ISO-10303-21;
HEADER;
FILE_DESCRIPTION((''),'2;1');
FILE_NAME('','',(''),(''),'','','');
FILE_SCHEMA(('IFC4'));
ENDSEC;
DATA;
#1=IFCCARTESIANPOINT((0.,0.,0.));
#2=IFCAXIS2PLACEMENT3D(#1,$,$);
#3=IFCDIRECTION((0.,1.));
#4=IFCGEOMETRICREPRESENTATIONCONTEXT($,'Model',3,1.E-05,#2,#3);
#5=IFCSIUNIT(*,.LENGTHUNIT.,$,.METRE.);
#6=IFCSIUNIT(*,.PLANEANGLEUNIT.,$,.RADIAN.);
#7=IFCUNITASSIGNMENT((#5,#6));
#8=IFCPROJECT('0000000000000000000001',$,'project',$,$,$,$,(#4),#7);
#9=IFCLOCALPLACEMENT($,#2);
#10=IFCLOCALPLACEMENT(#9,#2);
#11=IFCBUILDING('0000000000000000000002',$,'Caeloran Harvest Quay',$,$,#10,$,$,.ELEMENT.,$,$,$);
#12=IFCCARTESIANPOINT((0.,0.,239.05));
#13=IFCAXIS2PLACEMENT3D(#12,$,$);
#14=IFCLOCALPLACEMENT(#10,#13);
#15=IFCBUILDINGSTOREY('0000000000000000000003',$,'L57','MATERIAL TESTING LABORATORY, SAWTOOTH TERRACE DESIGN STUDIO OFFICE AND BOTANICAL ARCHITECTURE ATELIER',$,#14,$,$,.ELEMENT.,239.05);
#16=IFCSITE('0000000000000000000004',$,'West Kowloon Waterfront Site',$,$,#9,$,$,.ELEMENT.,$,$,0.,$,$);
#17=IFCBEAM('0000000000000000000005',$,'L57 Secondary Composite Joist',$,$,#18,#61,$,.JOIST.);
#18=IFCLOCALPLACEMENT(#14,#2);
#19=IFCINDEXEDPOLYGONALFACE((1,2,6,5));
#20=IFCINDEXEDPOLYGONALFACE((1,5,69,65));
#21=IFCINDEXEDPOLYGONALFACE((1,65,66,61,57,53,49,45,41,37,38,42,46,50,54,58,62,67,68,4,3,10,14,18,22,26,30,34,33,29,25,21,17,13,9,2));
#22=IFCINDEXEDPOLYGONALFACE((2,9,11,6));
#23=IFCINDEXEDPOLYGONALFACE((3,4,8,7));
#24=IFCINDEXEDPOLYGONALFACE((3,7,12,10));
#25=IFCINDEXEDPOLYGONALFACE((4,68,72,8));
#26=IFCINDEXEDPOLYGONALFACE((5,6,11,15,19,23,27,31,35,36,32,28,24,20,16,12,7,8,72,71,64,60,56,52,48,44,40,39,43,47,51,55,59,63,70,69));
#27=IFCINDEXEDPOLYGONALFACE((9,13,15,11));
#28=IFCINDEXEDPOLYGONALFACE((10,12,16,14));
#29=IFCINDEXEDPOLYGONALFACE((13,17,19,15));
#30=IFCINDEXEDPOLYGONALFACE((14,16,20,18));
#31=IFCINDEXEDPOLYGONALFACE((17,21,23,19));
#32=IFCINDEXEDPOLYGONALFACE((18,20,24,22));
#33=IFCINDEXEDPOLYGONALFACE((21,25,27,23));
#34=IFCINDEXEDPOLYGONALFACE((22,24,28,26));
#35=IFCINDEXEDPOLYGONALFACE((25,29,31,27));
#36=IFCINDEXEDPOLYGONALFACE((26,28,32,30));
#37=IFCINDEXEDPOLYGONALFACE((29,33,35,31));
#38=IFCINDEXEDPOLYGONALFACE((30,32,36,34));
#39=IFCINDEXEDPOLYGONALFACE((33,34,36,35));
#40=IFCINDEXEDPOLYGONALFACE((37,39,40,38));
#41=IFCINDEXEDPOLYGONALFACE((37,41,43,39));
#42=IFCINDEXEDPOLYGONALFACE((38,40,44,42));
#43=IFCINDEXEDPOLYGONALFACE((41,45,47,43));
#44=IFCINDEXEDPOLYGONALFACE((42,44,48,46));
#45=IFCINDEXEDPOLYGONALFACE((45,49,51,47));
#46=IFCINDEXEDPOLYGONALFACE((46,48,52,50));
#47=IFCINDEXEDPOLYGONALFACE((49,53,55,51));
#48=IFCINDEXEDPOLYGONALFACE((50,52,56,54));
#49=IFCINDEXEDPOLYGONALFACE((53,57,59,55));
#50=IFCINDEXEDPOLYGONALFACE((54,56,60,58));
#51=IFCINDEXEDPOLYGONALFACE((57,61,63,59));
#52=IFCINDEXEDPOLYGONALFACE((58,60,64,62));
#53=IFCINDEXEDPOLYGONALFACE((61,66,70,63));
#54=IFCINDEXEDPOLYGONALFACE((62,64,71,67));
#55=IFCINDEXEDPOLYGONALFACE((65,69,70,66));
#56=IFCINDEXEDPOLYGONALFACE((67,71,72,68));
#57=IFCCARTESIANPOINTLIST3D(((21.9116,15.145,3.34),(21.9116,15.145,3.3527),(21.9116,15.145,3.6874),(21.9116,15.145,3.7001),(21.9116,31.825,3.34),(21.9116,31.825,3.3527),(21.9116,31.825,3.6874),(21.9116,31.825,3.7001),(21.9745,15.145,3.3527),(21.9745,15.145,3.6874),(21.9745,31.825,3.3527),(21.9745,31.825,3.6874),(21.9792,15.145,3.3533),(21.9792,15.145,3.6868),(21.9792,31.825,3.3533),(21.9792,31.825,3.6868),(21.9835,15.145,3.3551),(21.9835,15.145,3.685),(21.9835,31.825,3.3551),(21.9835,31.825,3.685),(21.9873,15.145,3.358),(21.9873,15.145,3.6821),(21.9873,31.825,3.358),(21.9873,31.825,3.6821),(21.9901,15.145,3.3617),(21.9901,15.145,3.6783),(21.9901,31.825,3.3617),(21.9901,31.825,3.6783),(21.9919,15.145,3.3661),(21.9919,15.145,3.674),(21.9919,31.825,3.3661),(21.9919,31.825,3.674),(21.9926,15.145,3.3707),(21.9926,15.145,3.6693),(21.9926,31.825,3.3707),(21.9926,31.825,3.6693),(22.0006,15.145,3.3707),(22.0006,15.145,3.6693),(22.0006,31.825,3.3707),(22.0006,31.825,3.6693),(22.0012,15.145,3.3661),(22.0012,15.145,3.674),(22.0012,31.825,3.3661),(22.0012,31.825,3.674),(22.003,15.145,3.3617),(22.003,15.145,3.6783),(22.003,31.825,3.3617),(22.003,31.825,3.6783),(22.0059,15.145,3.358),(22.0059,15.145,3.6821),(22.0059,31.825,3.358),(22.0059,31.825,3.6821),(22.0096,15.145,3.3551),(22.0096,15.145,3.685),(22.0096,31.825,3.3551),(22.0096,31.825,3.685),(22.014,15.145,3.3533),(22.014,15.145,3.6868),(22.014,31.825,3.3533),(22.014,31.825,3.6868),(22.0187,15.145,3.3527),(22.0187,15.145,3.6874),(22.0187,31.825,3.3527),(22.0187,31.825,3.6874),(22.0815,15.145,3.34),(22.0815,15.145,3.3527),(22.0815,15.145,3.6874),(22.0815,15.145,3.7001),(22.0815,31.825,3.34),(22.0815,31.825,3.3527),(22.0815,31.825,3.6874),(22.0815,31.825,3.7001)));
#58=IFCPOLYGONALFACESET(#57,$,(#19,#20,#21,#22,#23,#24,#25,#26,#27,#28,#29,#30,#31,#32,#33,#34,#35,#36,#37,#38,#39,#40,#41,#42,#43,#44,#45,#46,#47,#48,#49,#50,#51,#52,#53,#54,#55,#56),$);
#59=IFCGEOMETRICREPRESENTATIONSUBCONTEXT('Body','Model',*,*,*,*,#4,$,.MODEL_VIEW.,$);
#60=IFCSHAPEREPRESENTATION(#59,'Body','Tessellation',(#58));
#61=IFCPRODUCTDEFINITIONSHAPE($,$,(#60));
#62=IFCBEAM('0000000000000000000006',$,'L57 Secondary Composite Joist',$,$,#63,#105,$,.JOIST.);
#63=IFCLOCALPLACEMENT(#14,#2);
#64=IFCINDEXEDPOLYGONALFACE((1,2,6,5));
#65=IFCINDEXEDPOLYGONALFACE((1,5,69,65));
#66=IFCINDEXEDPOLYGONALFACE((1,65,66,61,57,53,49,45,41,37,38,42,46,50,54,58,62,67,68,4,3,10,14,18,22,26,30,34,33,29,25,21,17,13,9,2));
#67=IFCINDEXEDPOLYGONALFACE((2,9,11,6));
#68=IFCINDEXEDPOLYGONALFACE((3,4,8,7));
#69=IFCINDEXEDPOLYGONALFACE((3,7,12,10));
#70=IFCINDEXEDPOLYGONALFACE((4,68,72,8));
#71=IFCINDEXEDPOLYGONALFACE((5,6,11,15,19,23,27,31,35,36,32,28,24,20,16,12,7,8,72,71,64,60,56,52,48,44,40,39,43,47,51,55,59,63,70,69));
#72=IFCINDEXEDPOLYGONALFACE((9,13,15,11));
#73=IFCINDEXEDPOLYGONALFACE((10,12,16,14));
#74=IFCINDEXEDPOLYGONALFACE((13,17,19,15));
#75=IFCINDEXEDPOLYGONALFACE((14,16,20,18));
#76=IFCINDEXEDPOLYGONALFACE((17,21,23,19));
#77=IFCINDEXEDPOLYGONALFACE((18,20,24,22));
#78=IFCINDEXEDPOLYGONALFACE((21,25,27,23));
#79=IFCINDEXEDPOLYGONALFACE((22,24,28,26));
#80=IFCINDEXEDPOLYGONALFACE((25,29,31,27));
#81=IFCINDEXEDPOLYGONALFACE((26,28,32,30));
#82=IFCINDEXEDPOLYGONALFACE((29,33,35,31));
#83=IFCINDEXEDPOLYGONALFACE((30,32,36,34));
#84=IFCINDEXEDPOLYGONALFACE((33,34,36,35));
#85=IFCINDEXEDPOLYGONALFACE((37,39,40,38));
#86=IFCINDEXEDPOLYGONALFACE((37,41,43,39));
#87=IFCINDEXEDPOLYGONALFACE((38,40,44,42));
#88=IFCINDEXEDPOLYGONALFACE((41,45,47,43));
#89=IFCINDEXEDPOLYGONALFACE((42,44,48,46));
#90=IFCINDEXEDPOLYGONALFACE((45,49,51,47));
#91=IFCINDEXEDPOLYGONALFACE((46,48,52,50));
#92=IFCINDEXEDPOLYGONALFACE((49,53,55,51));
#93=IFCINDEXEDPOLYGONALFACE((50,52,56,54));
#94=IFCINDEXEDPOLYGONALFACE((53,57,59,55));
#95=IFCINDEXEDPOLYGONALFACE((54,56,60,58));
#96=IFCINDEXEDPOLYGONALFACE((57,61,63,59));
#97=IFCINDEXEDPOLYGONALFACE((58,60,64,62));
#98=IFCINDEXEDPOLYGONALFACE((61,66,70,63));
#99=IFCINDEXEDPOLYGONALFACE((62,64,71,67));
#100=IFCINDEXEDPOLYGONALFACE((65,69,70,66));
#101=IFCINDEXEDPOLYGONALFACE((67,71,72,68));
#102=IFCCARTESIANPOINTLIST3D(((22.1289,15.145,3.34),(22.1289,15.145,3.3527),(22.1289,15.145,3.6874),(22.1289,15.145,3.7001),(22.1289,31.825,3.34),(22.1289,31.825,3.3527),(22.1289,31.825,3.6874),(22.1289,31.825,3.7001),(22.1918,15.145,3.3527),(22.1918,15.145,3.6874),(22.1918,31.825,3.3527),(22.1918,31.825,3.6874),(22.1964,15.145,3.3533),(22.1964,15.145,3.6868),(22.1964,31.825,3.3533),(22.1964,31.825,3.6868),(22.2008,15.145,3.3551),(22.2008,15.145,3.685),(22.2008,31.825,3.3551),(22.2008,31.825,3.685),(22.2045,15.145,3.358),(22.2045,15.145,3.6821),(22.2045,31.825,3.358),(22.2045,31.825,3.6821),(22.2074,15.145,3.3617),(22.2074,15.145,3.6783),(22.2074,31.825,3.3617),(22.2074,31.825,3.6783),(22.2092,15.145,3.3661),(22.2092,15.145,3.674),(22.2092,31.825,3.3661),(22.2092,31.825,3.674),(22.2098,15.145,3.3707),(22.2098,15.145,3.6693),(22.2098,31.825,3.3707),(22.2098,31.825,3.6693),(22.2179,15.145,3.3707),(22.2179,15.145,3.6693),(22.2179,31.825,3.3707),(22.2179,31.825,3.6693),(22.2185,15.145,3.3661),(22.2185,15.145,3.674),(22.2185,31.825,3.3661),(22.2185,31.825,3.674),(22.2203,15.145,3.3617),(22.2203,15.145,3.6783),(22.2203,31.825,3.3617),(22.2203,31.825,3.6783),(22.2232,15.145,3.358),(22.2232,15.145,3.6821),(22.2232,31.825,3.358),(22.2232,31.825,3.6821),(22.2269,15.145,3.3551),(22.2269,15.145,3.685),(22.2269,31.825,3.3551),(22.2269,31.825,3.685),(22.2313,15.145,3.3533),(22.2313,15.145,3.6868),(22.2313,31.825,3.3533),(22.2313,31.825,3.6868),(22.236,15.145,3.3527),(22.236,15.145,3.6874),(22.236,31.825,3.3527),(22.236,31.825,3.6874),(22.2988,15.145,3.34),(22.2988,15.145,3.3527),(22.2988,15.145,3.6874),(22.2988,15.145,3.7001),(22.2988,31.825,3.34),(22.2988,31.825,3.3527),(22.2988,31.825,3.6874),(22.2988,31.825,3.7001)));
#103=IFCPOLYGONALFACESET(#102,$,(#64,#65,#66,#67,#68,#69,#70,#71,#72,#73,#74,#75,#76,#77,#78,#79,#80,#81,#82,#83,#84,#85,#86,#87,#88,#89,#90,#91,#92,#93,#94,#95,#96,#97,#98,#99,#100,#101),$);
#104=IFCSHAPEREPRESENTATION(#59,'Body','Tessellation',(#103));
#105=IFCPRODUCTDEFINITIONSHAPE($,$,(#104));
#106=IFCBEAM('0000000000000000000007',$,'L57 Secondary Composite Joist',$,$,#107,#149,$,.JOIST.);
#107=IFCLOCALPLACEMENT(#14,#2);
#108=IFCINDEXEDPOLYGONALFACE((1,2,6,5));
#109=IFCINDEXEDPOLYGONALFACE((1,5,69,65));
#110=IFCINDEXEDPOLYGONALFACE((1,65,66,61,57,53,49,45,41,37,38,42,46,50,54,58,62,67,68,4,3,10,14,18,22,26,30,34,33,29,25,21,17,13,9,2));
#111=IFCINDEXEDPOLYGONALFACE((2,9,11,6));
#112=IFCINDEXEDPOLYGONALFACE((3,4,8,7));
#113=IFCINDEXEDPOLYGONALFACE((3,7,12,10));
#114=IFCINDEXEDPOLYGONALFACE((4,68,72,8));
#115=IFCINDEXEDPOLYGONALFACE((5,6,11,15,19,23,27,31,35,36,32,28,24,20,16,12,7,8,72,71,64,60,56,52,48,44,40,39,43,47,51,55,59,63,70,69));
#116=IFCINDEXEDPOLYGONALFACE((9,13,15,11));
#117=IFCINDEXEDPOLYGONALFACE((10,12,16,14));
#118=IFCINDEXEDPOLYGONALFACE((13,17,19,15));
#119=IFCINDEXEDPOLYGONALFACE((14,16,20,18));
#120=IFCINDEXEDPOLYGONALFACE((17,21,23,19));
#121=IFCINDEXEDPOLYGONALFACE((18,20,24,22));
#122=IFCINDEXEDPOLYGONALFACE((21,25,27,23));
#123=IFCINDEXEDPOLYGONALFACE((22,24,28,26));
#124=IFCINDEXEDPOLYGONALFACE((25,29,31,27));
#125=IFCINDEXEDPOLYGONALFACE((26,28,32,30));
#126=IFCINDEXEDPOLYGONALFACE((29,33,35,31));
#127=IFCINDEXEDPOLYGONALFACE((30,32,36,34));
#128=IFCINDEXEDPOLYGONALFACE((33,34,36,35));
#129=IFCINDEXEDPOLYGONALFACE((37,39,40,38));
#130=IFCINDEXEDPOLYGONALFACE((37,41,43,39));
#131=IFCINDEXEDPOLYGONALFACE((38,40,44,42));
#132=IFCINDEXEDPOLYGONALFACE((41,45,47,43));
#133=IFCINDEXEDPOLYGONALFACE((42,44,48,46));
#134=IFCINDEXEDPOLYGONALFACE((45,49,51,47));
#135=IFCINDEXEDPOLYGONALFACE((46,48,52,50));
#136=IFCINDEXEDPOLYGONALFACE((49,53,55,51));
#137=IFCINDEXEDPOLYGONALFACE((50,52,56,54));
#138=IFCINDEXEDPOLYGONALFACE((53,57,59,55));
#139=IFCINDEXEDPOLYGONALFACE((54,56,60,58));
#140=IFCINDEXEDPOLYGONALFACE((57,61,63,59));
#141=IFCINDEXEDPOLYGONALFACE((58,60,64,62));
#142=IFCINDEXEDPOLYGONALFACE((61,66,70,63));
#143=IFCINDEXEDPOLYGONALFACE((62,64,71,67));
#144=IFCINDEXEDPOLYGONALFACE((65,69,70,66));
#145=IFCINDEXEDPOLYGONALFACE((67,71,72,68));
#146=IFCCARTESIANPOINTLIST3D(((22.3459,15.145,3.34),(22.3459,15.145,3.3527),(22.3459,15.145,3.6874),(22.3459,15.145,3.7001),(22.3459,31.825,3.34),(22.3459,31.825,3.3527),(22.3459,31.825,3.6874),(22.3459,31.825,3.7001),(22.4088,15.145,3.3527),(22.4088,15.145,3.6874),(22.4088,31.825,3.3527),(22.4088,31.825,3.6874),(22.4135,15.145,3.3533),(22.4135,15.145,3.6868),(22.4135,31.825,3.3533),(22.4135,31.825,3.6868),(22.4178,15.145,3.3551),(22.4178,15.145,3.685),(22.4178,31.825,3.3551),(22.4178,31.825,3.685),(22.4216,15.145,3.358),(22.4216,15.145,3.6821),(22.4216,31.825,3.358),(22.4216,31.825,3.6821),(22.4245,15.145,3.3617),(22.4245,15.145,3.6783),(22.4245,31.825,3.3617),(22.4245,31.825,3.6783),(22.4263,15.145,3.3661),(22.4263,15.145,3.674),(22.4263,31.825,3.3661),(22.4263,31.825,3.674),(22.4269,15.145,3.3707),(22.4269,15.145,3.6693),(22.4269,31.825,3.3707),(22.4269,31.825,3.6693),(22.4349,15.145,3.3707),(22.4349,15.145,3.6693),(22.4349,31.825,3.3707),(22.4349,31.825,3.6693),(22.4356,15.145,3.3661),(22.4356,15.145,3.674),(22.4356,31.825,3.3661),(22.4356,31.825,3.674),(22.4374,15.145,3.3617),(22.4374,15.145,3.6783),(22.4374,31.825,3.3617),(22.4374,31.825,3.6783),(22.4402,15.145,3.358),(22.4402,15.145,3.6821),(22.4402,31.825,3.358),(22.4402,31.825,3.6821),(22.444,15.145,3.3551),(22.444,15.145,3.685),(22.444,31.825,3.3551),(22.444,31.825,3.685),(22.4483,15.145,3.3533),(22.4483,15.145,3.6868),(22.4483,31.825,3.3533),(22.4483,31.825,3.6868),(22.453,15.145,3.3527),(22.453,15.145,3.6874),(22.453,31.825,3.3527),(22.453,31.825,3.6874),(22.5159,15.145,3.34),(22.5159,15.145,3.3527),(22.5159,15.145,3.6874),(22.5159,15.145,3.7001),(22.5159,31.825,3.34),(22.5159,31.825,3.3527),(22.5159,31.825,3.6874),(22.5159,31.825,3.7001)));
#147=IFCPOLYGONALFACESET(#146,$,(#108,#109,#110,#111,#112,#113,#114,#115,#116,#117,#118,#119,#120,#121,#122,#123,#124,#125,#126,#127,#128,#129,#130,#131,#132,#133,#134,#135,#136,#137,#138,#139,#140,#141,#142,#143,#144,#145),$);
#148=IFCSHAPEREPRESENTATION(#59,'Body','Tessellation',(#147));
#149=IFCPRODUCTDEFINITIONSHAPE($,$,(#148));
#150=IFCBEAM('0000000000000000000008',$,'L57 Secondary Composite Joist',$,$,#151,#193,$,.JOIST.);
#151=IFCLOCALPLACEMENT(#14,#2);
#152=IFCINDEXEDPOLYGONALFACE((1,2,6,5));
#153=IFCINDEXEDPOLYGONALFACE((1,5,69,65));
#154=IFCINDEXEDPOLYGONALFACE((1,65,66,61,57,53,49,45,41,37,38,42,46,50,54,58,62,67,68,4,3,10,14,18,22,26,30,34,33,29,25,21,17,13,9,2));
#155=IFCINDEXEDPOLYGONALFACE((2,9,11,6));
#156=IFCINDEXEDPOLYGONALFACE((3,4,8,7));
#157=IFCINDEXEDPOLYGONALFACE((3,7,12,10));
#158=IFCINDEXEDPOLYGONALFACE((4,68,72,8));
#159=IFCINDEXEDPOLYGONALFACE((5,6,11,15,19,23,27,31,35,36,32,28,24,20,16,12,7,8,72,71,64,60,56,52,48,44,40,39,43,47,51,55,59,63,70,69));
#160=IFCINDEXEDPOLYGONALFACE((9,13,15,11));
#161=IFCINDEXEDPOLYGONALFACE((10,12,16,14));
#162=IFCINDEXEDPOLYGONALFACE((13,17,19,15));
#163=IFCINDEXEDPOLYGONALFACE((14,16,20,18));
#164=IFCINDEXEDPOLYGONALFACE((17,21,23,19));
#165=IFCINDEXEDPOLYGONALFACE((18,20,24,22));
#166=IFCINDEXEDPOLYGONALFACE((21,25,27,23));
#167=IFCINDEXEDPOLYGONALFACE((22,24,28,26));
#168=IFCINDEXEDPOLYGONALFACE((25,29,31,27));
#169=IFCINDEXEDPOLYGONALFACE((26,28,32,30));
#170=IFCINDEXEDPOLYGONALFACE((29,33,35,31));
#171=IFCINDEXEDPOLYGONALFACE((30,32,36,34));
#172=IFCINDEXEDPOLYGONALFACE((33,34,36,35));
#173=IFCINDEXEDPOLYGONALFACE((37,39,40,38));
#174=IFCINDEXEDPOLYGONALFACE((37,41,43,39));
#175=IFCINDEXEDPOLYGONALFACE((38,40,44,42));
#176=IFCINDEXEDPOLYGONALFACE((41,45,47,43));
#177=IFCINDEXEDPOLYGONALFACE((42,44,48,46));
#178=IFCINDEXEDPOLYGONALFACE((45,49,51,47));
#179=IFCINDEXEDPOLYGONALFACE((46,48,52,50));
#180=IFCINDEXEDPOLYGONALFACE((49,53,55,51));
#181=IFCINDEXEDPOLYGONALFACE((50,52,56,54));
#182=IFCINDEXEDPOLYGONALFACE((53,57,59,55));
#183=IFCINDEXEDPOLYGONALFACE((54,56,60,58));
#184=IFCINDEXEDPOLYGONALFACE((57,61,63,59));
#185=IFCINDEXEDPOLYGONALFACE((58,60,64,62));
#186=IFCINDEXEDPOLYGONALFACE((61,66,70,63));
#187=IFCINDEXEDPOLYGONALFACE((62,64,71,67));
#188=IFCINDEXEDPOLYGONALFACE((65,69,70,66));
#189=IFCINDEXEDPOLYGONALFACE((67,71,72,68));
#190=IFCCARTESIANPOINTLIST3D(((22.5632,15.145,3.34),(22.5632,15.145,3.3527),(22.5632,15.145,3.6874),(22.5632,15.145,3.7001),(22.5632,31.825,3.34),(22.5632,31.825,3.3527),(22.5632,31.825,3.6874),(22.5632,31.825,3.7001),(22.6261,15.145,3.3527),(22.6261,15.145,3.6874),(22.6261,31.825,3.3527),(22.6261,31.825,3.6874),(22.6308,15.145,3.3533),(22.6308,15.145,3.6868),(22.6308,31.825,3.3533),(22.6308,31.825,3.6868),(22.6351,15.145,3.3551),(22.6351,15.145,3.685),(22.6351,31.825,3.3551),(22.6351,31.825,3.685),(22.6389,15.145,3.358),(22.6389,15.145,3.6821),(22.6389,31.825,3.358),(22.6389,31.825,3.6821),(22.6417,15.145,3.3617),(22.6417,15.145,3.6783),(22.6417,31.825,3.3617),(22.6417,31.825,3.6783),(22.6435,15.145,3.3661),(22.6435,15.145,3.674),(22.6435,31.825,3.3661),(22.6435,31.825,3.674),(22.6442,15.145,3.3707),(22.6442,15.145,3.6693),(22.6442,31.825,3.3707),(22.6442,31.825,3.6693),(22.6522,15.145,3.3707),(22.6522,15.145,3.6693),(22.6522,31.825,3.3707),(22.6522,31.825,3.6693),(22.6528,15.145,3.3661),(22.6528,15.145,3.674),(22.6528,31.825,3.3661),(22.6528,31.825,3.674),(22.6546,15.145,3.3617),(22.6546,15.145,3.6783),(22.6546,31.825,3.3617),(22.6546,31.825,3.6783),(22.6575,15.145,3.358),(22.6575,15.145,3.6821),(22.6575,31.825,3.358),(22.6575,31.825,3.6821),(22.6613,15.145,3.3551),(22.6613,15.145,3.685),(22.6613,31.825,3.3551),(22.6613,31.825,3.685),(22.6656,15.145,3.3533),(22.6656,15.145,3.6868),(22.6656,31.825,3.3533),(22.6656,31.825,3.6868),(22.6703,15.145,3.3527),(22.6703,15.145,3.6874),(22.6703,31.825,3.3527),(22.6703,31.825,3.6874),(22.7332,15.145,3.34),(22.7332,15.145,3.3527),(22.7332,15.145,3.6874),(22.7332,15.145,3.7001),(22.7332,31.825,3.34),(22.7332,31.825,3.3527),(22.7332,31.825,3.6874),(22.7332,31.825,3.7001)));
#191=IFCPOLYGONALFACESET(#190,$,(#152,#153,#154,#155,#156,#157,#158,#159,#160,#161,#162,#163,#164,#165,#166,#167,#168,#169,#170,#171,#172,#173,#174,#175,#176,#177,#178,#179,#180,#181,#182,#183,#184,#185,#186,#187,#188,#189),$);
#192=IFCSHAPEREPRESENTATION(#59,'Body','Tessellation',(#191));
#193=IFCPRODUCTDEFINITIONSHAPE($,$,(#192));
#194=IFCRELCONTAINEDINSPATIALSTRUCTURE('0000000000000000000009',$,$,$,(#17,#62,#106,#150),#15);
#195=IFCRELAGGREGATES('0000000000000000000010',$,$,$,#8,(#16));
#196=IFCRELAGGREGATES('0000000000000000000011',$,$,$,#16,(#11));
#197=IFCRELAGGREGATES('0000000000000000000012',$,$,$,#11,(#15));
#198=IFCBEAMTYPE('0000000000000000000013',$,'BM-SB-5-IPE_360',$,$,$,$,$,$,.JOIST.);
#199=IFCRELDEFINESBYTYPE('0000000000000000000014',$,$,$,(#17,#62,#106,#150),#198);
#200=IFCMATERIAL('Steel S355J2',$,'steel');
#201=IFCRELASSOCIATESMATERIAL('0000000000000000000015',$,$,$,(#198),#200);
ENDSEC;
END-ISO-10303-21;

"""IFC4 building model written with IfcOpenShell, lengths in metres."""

from ifc_helpers import new_model, si_unit, direction, frame, origin, origin_2d, place, context, subcontext, project, spatial, i_section, extrude, material, material_profile, profile_set, type_object, element, save


model = new_model("IFC4")

# Units and contexts
model_context = context("Model", 3, precision=1e-05, world=origin(), true_north=direction((0.0, 1.0)))
body_context = subcontext(model_context, "Body", "Model", "MODEL_VIEW")
ifc_project = project(units=[si_unit("LENGTHUNIT", "METRE"), si_unit("PLANEANGLEUNIT", "RADIAN")], contexts=[model_context])

# Site, building, storey
site_placement = place(None, origin())
site = spatial("IfcSite", under=ifc_project, at=site_placement, Name="West Kowloon Waterfront Site", CompositionType="ELEMENT", RefElevation=0.0)
building_placement = place(site_placement, origin())
building = spatial("IfcBuilding", under=site, at=building_placement, Name="Caeloran Harvest Quay", CompositionType="ELEMENT")
storey_placement = place(building_placement, frame((0.0, 0.0, 239.05)))
storey = spatial("IfcBuildingStorey", under=building, at=storey_placement, Name="L57", Description="MATERIAL TESTING LABORATORY, SAWTOOTH TERRACE DESIGN STUDIO OFFICE AND BOTANICAL ARCHITECTURE ATELIER", CompositionType="ELEMENT", Elevation=239.05)

# Beams
ifc_material_1 = material(Name="Steel S355J2", Category="steel")
ifc_material_profile_1 = material_profile(ifc_material_1, i_section(OverallWidth=0.1699, OverallDepth=0.3601, WebThickness=0.0081, FlangeThickness=0.0127, FilletRadius=0.0181, at=origin_2d()), Name="IPE 360")
ifc_profile_set_1 = profile_set([ifc_material_profile_1], Name="Steel S355J2")
beam_type_1 = type_object("IfcBeamType", Name="BM-SB-5-IPE_360", PredefinedType="JOIST", material=ifc_profile_set_1)
for number, where, z_axis, x_axis, name in (
    (1, (21.9966, 15.145, 3.52), (0.0, 1.0, 0.0), (-1.0, 0.0, 0.0), "L57 Secondary Composite Joist"),
    (2, (22.2139, 15.145, 3.52), (0.0, 1.0, 0.0), (-1.0, 0.0, 0.0), "L57 Secondary Composite Joist"),
    (3, (22.4309, 15.145, 3.52), (0.0, 1.0, 0.0), (-1.0, 0.0, 0.0), "L57 Secondary Composite Joist"),
    (4, (22.6482, 15.145, 3.52), (0.0, 1.0, 0.0), (-1.0, 0.0, 0.0), "L57 Secondary Composite Joist"),
):
    element("IfcBeam", number, at=place(storey_placement, frame(where, z_axis=z_axis, x_axis=x_axis)), inside=storey, type_object=beam_type_1, Name=name, PredefinedType="JOIST", context=body_context, shape_type="SweptSolid", body=[
        extrude(i_section(OverallWidth=0.1699, OverallDepth=0.3601, WebThickness=0.0081, FlangeThickness=0.0127, FilletRadius=0.0181, at=origin_2d()), origin(), (0.0, 0.0, 1.0), 16.6799),
    ])

save(model, "model.ifc")
